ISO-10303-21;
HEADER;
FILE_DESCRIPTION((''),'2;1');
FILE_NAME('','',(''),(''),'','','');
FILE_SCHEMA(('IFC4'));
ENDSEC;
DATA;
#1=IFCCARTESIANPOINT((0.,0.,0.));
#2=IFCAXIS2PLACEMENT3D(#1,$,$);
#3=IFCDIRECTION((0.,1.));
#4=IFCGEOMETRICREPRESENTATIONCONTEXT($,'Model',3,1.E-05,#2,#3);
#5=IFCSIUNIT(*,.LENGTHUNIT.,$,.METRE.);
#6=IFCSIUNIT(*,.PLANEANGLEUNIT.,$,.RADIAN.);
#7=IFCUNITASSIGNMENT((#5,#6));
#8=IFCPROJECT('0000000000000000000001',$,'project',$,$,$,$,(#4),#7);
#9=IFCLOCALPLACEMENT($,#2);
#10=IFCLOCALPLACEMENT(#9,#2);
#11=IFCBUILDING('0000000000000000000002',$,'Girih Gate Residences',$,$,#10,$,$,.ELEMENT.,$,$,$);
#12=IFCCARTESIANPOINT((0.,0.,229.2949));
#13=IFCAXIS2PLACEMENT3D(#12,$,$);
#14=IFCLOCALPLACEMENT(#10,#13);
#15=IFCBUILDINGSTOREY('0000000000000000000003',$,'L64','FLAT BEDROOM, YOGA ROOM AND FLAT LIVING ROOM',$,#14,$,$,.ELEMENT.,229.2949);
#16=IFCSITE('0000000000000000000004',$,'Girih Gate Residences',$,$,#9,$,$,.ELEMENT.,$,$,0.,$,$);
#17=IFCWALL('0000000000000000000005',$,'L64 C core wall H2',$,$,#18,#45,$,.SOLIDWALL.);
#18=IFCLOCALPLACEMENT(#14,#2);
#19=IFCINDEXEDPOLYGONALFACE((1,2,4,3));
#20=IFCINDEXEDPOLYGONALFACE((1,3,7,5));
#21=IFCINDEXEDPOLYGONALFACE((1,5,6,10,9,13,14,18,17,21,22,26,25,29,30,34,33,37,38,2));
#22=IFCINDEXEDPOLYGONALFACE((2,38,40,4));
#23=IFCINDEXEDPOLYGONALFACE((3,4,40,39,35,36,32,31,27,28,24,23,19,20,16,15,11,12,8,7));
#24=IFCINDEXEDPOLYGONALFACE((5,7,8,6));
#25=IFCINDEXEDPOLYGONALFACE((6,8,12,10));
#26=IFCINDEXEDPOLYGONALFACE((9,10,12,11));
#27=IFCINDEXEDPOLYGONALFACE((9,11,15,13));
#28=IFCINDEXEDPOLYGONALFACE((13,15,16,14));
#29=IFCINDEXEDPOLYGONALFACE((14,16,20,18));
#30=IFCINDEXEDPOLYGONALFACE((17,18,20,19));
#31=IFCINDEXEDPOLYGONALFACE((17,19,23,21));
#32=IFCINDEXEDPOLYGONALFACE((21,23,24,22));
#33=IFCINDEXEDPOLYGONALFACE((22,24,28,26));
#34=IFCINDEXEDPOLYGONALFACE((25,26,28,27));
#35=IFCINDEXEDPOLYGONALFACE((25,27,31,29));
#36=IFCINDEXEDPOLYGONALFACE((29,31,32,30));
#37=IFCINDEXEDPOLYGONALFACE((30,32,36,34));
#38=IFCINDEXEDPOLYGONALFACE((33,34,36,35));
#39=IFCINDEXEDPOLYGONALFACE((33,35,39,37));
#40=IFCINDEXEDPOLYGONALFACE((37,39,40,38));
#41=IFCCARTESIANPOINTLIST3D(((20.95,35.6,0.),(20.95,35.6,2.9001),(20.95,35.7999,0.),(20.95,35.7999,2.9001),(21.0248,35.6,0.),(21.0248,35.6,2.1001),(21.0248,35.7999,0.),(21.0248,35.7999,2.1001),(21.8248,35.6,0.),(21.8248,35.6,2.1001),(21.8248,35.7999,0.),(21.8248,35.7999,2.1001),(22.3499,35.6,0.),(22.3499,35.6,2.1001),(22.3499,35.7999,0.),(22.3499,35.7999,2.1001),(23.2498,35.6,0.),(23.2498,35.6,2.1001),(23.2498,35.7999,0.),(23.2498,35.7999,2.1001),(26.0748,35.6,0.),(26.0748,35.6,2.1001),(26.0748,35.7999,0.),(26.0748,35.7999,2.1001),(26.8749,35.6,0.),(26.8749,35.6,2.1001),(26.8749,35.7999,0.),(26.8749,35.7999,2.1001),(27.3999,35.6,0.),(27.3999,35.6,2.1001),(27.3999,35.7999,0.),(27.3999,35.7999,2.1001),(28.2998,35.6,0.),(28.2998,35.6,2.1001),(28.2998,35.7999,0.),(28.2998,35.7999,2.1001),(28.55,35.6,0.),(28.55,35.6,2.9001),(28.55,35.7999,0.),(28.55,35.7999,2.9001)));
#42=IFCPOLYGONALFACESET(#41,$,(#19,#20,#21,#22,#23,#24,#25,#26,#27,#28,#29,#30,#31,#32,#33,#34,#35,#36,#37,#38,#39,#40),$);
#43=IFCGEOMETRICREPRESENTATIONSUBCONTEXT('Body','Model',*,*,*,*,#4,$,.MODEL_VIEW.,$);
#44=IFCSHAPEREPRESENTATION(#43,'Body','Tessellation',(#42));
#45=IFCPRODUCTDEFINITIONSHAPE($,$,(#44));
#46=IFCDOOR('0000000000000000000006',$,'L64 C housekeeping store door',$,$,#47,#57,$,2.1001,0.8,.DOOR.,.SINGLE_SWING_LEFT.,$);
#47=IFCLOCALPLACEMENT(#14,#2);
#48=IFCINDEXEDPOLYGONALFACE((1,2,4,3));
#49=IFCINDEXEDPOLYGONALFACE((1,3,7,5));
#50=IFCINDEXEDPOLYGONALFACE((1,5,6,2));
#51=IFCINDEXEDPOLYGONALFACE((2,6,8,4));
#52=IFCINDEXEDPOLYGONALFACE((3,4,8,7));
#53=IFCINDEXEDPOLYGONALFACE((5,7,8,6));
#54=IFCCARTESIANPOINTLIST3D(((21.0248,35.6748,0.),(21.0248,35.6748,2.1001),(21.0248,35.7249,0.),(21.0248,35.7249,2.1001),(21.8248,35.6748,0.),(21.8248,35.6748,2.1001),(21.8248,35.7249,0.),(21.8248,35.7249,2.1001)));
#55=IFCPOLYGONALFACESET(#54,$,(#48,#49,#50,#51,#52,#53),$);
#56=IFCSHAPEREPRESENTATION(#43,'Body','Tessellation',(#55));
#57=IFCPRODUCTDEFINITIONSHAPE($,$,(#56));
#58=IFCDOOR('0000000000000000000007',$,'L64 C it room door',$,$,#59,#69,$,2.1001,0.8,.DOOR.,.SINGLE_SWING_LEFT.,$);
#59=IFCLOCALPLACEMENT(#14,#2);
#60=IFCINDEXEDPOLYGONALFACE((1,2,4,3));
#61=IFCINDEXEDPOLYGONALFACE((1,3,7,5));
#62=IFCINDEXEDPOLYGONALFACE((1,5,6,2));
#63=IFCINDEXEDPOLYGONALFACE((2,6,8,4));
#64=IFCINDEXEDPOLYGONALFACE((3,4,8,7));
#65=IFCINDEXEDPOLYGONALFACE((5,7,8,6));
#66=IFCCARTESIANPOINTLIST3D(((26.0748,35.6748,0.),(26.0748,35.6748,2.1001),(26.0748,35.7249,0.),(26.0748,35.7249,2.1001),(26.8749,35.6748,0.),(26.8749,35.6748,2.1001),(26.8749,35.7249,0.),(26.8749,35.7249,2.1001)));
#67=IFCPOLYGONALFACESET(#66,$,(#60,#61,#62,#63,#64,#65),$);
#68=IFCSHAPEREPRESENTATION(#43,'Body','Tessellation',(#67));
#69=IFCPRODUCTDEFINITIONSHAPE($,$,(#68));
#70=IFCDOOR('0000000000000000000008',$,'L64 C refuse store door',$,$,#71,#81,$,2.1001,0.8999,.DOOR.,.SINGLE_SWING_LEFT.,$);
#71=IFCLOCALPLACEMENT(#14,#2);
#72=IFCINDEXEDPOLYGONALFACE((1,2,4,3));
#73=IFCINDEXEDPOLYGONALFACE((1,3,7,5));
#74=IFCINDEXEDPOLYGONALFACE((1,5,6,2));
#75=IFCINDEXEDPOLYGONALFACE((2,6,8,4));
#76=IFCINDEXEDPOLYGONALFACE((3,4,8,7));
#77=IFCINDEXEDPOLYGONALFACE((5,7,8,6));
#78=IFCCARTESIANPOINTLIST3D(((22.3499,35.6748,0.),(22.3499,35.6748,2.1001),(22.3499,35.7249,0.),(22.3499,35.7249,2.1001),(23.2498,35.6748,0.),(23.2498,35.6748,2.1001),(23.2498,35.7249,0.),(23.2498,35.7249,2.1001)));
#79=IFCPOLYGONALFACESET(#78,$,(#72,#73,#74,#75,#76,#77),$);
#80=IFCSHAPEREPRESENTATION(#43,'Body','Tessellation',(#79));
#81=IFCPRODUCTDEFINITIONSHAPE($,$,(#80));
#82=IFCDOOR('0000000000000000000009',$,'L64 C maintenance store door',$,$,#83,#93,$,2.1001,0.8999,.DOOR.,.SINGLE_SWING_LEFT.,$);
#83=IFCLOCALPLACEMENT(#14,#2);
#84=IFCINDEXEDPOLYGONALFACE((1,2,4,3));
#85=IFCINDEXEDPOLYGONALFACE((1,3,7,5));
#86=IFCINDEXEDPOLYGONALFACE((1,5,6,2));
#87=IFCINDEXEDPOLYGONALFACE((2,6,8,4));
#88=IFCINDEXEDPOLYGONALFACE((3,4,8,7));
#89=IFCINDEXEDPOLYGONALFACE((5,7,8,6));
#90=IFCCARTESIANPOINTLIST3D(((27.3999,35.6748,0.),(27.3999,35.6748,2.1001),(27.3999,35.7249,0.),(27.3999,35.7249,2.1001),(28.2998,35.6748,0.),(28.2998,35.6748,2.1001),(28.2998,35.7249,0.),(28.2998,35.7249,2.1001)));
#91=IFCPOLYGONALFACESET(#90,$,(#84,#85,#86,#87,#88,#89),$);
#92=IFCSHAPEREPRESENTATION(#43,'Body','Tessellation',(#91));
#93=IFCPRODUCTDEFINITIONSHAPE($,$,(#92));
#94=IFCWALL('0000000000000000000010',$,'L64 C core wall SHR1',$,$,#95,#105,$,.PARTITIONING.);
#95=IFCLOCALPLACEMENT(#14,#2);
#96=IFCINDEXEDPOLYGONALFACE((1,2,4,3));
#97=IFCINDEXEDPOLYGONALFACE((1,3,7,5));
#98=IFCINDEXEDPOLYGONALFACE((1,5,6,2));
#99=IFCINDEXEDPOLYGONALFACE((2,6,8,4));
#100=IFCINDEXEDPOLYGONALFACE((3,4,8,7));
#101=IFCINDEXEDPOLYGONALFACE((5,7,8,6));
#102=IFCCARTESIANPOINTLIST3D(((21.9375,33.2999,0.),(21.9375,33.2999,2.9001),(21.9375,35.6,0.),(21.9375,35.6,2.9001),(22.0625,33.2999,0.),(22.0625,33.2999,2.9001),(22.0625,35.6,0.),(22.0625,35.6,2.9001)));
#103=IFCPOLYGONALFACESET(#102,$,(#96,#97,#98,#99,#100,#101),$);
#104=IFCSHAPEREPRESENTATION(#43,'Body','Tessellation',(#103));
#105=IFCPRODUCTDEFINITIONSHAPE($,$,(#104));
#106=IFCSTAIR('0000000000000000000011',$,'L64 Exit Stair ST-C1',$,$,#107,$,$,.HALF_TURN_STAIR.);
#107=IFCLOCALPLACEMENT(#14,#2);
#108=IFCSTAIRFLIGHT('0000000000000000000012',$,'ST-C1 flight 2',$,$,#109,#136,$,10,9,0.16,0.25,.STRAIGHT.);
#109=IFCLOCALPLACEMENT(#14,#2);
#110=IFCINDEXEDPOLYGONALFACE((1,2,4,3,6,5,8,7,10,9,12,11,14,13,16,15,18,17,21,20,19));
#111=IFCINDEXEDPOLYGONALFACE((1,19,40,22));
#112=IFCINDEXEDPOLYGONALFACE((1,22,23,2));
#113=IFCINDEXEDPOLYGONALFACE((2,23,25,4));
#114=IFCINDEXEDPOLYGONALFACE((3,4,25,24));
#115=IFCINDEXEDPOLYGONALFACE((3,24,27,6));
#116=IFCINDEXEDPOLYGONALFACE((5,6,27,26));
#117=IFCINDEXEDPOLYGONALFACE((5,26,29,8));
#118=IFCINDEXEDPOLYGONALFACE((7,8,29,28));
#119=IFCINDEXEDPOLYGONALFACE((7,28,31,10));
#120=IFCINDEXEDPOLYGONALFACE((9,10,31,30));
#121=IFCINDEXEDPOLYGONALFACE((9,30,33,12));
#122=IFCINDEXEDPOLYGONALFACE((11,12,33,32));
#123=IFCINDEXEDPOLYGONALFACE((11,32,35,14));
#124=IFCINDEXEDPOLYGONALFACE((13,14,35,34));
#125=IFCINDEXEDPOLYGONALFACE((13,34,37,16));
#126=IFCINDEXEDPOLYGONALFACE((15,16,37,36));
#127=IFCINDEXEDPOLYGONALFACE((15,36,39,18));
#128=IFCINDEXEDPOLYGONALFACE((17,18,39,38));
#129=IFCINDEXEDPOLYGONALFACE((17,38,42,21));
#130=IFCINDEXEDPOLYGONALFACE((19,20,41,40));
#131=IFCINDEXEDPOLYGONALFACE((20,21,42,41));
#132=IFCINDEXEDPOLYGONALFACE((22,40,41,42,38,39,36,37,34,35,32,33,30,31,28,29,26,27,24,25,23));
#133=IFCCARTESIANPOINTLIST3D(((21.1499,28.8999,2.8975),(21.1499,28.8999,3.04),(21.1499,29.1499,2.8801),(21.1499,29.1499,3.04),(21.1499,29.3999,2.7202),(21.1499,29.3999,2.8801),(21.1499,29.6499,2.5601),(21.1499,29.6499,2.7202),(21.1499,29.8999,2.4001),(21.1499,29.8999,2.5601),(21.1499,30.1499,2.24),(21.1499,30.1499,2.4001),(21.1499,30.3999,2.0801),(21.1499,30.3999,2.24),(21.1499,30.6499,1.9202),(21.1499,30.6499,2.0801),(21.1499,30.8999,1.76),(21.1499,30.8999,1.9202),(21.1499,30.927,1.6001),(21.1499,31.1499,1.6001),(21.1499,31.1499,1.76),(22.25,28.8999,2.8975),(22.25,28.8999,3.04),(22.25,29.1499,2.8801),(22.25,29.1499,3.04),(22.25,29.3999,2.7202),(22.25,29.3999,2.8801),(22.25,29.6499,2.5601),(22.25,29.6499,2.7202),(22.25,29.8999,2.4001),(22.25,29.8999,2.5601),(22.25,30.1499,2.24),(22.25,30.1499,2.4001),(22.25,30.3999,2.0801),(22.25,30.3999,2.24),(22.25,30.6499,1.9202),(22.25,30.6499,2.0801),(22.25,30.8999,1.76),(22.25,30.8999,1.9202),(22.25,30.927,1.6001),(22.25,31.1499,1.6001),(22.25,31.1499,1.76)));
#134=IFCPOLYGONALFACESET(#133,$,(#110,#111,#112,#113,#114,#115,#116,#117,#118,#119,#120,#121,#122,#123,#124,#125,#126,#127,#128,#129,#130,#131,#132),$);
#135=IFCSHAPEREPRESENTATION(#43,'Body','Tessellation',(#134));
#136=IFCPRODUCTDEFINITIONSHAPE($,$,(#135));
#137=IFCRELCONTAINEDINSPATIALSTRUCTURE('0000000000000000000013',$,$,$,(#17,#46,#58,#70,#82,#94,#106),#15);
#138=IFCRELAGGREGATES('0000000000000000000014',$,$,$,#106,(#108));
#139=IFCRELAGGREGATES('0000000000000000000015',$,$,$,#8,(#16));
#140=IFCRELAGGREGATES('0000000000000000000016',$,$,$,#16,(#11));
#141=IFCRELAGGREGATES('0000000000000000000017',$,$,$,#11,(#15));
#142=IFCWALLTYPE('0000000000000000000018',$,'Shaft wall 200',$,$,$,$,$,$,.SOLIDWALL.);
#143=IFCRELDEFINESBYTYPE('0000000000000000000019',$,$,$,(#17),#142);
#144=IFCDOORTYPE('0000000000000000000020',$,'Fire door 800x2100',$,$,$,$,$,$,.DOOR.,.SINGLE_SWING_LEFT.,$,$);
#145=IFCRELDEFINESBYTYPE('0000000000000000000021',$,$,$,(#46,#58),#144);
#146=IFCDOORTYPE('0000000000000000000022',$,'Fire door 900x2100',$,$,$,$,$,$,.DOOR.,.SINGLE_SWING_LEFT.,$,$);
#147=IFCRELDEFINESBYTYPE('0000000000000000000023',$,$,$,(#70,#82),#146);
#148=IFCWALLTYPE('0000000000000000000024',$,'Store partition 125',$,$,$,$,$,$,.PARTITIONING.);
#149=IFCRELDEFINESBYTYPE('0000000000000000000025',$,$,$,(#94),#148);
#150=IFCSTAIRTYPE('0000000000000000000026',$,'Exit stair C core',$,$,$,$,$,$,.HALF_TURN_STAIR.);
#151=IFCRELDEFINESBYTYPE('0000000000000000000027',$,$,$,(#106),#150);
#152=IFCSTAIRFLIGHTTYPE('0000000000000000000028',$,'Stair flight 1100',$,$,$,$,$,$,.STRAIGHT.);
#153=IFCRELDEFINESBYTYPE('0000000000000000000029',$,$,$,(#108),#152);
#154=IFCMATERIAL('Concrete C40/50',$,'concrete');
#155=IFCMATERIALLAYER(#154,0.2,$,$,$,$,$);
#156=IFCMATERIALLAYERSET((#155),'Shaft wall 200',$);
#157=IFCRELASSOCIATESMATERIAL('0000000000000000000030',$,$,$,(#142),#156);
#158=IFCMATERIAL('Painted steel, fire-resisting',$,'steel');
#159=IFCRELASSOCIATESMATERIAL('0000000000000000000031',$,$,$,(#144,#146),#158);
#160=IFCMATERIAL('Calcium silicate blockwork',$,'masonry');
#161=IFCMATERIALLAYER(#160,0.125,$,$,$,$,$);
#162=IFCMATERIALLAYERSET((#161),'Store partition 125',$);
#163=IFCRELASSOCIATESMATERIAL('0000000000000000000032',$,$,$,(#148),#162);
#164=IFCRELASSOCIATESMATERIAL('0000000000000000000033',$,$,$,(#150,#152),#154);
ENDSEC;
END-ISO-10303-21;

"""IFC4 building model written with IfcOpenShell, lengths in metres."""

from ifc_helpers import new_model, si_unit, direction, frame, frame_2d, origin, place, context, subcontext, project, spatial, polyline, rectangle, outline, extrude, material, layer, layer_set, type_object, element, fill, aggregate, save


model = new_model("IFC4")

# Units and contexts
model_context = context("Model", 3, precision=1e-05, world=origin(), true_north=direction((0.0, 1.0)))
body_context = subcontext(model_context, "Body", "Model", "MODEL_VIEW")
ifc_project = project(units=[si_unit("LENGTHUNIT", "METRE"), si_unit("PLANEANGLEUNIT", "RADIAN")], contexts=[model_context])

# Site, building, storey
site_placement = place(None, origin())
site = spatial("IfcSite", under=ifc_project, at=site_placement, Name="Girih Gate Residences", CompositionType="ELEMENT", RefElevation=0.0)
building_placement = place(site_placement, origin())
building = spatial("IfcBuilding", under=site, at=building_placement, Name="Girih Gate Residences", CompositionType="ELEMENT")
storey_placement = place(building_placement, frame((0.0, 0.0, 229.2949)))
storey = spatial("IfcBuildingStorey", under=building, at=storey_placement, Name="L64", Description="FLAT BEDROOM, YOGA ROOM AND FLAT LIVING ROOM", CompositionType="ELEMENT", Elevation=229.2949)

# Wall, openings, doors
ifc_material_1 = material(Name="Concrete C40/50", Category="concrete")
ifc_layer_1 = layer(ifc_material_1, 0.2)
ifc_layer_set_1 = layer_set([ifc_layer_1], Name="Shaft wall 200")
wall_type_1 = type_object("IfcWallType", Name="Shaft wall 200", PredefinedType="SOLIDWALL", material=ifc_layer_set_1)
ifc_material_2 = material(Name="Painted steel, fire-resisting", Category="steel")
door_type_1 = type_object("IfcDoorType", Name="Fire door 800x2100", OperationType="SINGLE_SWING_LEFT", PredefinedType="DOOR", material=ifc_material_2)
wall_1_placement = place(storey_placement, frame((20.95, 35.7, 0.0), z_axis=(0.0, 0.0, 1.0), x_axis=(1.0, 0.0, 0.0)))
wall_1 = element("IfcWall", 1, at=wall_1_placement, inside=storey, type_object=wall_type_1, Name="L64 C core wall H2", PredefinedType="SOLIDWALL", context=body_context, shape_type="SweptSolid", body=[
    extrude(rectangle(XDim=7.6001, YDim=0.2, at=frame_2d((3.8, 0.0))), origin(), (0.0, 0.0, 1.0), 2.9001),
])
opening_1_placement = place(wall_1_placement, frame((0.075, 0.0, 0.0)))
opening_1 = element("IfcOpeningElement", 2, at=opening_1_placement, cuts=wall_1, PredefinedType="OPENING", context=body_context, shape_type="SweptSolid", body=[
    extrude(rectangle(XDim=0.8, YDim=2.1001, at=frame_2d((0.3999, 1.05))), frame((0.0, 0.1099, 0.0), z_axis=(0.0, -1.0, 0.0), x_axis=(1.0, 0.0, 0.0)), (0.0, 0.0, 1.0), 0.22),
])
opening_2_placement = place(wall_1_placement, frame((1.3999, 0.0, 0.0)))
opening_2 = element("IfcOpeningElement", 3, at=opening_2_placement, cuts=wall_1, PredefinedType="OPENING", context=body_context, shape_type="SweptSolid", body=[
    extrude(rectangle(XDim=0.8999, YDim=2.1001, at=frame_2d((0.45, 1.05))), frame((0.0, 0.1099, 0.0), z_axis=(0.0, -1.0, 0.0), x_axis=(1.0, 0.0, 0.0)), (0.0, 0.0, 1.0), 0.22),
])
opening_3_placement = place(wall_1_placement, frame((5.125, 0.0, 0.0)))
opening_3 = element("IfcOpeningElement", 4, at=opening_3_placement, cuts=wall_1, PredefinedType="OPENING", context=body_context, shape_type="SweptSolid", body=[
    extrude(rectangle(XDim=0.8, YDim=2.1001, at=frame_2d((0.3999, 1.05))), frame((0.0, 0.1099, 0.0), z_axis=(0.0, -1.0, 0.0), x_axis=(1.0, 0.0, 0.0)), (0.0, 0.0, 1.0), 0.22),
])
opening_4_placement = place(wall_1_placement, frame((6.45, 0.0, 0.0)))
opening_4 = element("IfcOpeningElement", 5, at=opening_4_placement, cuts=wall_1, PredefinedType="OPENING", context=body_context, shape_type="SweptSolid", body=[
    extrude(rectangle(XDim=0.8999, YDim=2.1001, at=frame_2d((0.45, 1.05))), frame((0.0, 0.1099, 0.0), z_axis=(0.0, -1.0, 0.0), x_axis=(1.0, 0.0, 0.0)), (0.0, 0.0, 1.0), 0.22),
])
door_1_placement = place(opening_1_placement, origin())
door_1 = element("IfcDoor", 6, at=door_1_placement, inside=storey, type_object=door_type_1, Name="L64 C housekeeping store door", OperationType="SINGLE_SWING_LEFT", OverallHeight=2.1001, OverallWidth=0.8, PredefinedType="DOOR", context=body_context, shape_type="SweptSolid", body=[
    extrude(rectangle(XDim=0.8, YDim=2.1001, at=frame_2d((0.3999, 1.05))), frame((0.0, 0.0249, 0.0), z_axis=(0.0, -1.0, 0.0), x_axis=(1.0, 0.0, 0.0)), (0.0, 0.0, 1.0), 0.05),
])
fill(opening_1, door_1)
door_2_placement = place(opening_3_placement, origin())
door_2 = element("IfcDoor", 7, at=door_2_placement, inside=storey, type_object=door_type_1, Name="L64 C it room door", OperationType="SINGLE_SWING_LEFT", OverallHeight=2.1001, OverallWidth=0.8, PredefinedType="DOOR", context=body_context, shape_type="SweptSolid", body=[
    extrude(rectangle(XDim=0.8, YDim=2.1001, at=frame_2d((0.3999, 1.05))), frame((0.0, 0.0249, 0.0), z_axis=(0.0, -1.0, 0.0), x_axis=(1.0, 0.0, 0.0)), (0.0, 0.0, 1.0), 0.05),
])
fill(opening_3, door_2)
door_type_2 = type_object("IfcDoorType", Name="Fire door 900x2100", OperationType="SINGLE_SWING_LEFT", PredefinedType="DOOR", material=ifc_material_2)
door_3_placement = place(opening_2_placement, origin())
door_3 = element("IfcDoor", 8, at=door_3_placement, inside=storey, type_object=door_type_2, Name="L64 C refuse store door", OperationType="SINGLE_SWING_LEFT", OverallHeight=2.1001, OverallWidth=0.8999, PredefinedType="DOOR", context=body_context, shape_type="SweptSolid", body=[
    extrude(rectangle(XDim=0.8999, YDim=2.1001, at=frame_2d((0.45, 1.05))), frame((0.0, 0.0249, 0.0), z_axis=(0.0, -1.0, 0.0), x_axis=(1.0, 0.0, 0.0)), (0.0, 0.0, 1.0), 0.05),
])
fill(opening_2, door_3)
door_4_placement = place(opening_4_placement, origin())
door_4 = element("IfcDoor", 9, at=door_4_placement, inside=storey, type_object=door_type_2, Name="L64 C maintenance store door", OperationType="SINGLE_SWING_LEFT", OverallHeight=2.1001, OverallWidth=0.8999, PredefinedType="DOOR", context=body_context, shape_type="SweptSolid", body=[
    extrude(rectangle(XDim=0.8999, YDim=2.1001, at=frame_2d((0.45, 1.05))), frame((0.0, 0.0249, 0.0), z_axis=(0.0, -1.0, 0.0), x_axis=(1.0, 0.0, 0.0)), (0.0, 0.0, 1.0), 0.05),
])
fill(opening_4, door_4)

# Wall
ifc_material_3 = material(Name="Calcium silicate blockwork", Category="masonry")
ifc_layer_2 = layer(ifc_material_3, 0.125)
ifc_layer_set_2 = layer_set([ifc_layer_2], Name="Store partition 125")
wall_type_2 = type_object("IfcWallType", Name="Store partition 125", PredefinedType="PARTITIONING", material=ifc_layer_set_2)
wall_2_placement = place(storey_placement, frame((22.0, 33.3, 0.0), z_axis=(0.0, 0.0, 1.0), x_axis=(0.0, 1.0, 0.0)))
element("IfcWall", 10, at=wall_2_placement, inside=storey, type_object=wall_type_2, Name="L64 C core wall SHR1", PredefinedType="PARTITIONING", context=body_context, shape_type="SweptSolid", body=[
    extrude(rectangle(XDim=2.3, YDim=0.125, at=frame_2d((1.1499, 0.0))), origin(), (0.0, 0.0, 1.0), 2.9001),
])

# Stair, stair flight
stair_type = type_object("IfcStairType", Name="Exit stair C core", PredefinedType="HALF_TURN_STAIR", material=ifc_material_1)
stair_placement = place(storey_placement, origin())
stair = element("IfcStair", 11, at=stair_placement, inside=storey, type_object=stair_type, Name="L64 Exit Stair ST-C1", PredefinedType="HALF_TURN_STAIR")
stair_flight_type = type_object("IfcStairFlightType", Name="Stair flight 1100", PredefinedType="STRAIGHT", material=ifc_material_1)
stair_flight_placement = place(storey_placement, frame((21.7, 31.1499, 1.6001), z_axis=(0.0, 0.0, 1.0), x_axis=(0.0, -1.0, 0.0)))
stair_flight = element("IfcStairFlight", 12, at=stair_flight_placement, type_object=stair_flight_type, Name="ST-C1 flight 2", NumberOfRisers=10, NumberOfTreads=9, PredefinedType="STRAIGHT", RiserHeight=0.16, TreadLength=0.25, context=body_context, shape_type="SweptSolid", body=[
    extrude(outline(polyline([(0.0, 0.0), (0.0, 0.1599), (0.25, 0.1599), (0.25, 0.3201), (0.5, 0.3201), (0.5, 0.48), (0.75, 0.48), (0.75, 0.6399), (1.0, 0.6399), (1.0, 0.8), (1.25, 0.8), (1.25, 0.96), (1.5, 0.96), (1.5, 1.1201), (1.75, 1.1201), (1.75, 1.28), (2.0, 1.28), (2.0, 1.4399), (2.25, 1.4399), (2.25, 1.6001), (2.25, 1.2974), (0.2229, 0.0), (0.0, 0.0)])), frame((0.0, 0.55, 0.0), z_axis=(0.0, -1.0, 0.0), x_axis=(1.0, 0.0, 0.0)), (0.0, 0.0, 1.0), 1.1001),
])
aggregate(stair, [stair_flight])

save(model, "model.ifc")
